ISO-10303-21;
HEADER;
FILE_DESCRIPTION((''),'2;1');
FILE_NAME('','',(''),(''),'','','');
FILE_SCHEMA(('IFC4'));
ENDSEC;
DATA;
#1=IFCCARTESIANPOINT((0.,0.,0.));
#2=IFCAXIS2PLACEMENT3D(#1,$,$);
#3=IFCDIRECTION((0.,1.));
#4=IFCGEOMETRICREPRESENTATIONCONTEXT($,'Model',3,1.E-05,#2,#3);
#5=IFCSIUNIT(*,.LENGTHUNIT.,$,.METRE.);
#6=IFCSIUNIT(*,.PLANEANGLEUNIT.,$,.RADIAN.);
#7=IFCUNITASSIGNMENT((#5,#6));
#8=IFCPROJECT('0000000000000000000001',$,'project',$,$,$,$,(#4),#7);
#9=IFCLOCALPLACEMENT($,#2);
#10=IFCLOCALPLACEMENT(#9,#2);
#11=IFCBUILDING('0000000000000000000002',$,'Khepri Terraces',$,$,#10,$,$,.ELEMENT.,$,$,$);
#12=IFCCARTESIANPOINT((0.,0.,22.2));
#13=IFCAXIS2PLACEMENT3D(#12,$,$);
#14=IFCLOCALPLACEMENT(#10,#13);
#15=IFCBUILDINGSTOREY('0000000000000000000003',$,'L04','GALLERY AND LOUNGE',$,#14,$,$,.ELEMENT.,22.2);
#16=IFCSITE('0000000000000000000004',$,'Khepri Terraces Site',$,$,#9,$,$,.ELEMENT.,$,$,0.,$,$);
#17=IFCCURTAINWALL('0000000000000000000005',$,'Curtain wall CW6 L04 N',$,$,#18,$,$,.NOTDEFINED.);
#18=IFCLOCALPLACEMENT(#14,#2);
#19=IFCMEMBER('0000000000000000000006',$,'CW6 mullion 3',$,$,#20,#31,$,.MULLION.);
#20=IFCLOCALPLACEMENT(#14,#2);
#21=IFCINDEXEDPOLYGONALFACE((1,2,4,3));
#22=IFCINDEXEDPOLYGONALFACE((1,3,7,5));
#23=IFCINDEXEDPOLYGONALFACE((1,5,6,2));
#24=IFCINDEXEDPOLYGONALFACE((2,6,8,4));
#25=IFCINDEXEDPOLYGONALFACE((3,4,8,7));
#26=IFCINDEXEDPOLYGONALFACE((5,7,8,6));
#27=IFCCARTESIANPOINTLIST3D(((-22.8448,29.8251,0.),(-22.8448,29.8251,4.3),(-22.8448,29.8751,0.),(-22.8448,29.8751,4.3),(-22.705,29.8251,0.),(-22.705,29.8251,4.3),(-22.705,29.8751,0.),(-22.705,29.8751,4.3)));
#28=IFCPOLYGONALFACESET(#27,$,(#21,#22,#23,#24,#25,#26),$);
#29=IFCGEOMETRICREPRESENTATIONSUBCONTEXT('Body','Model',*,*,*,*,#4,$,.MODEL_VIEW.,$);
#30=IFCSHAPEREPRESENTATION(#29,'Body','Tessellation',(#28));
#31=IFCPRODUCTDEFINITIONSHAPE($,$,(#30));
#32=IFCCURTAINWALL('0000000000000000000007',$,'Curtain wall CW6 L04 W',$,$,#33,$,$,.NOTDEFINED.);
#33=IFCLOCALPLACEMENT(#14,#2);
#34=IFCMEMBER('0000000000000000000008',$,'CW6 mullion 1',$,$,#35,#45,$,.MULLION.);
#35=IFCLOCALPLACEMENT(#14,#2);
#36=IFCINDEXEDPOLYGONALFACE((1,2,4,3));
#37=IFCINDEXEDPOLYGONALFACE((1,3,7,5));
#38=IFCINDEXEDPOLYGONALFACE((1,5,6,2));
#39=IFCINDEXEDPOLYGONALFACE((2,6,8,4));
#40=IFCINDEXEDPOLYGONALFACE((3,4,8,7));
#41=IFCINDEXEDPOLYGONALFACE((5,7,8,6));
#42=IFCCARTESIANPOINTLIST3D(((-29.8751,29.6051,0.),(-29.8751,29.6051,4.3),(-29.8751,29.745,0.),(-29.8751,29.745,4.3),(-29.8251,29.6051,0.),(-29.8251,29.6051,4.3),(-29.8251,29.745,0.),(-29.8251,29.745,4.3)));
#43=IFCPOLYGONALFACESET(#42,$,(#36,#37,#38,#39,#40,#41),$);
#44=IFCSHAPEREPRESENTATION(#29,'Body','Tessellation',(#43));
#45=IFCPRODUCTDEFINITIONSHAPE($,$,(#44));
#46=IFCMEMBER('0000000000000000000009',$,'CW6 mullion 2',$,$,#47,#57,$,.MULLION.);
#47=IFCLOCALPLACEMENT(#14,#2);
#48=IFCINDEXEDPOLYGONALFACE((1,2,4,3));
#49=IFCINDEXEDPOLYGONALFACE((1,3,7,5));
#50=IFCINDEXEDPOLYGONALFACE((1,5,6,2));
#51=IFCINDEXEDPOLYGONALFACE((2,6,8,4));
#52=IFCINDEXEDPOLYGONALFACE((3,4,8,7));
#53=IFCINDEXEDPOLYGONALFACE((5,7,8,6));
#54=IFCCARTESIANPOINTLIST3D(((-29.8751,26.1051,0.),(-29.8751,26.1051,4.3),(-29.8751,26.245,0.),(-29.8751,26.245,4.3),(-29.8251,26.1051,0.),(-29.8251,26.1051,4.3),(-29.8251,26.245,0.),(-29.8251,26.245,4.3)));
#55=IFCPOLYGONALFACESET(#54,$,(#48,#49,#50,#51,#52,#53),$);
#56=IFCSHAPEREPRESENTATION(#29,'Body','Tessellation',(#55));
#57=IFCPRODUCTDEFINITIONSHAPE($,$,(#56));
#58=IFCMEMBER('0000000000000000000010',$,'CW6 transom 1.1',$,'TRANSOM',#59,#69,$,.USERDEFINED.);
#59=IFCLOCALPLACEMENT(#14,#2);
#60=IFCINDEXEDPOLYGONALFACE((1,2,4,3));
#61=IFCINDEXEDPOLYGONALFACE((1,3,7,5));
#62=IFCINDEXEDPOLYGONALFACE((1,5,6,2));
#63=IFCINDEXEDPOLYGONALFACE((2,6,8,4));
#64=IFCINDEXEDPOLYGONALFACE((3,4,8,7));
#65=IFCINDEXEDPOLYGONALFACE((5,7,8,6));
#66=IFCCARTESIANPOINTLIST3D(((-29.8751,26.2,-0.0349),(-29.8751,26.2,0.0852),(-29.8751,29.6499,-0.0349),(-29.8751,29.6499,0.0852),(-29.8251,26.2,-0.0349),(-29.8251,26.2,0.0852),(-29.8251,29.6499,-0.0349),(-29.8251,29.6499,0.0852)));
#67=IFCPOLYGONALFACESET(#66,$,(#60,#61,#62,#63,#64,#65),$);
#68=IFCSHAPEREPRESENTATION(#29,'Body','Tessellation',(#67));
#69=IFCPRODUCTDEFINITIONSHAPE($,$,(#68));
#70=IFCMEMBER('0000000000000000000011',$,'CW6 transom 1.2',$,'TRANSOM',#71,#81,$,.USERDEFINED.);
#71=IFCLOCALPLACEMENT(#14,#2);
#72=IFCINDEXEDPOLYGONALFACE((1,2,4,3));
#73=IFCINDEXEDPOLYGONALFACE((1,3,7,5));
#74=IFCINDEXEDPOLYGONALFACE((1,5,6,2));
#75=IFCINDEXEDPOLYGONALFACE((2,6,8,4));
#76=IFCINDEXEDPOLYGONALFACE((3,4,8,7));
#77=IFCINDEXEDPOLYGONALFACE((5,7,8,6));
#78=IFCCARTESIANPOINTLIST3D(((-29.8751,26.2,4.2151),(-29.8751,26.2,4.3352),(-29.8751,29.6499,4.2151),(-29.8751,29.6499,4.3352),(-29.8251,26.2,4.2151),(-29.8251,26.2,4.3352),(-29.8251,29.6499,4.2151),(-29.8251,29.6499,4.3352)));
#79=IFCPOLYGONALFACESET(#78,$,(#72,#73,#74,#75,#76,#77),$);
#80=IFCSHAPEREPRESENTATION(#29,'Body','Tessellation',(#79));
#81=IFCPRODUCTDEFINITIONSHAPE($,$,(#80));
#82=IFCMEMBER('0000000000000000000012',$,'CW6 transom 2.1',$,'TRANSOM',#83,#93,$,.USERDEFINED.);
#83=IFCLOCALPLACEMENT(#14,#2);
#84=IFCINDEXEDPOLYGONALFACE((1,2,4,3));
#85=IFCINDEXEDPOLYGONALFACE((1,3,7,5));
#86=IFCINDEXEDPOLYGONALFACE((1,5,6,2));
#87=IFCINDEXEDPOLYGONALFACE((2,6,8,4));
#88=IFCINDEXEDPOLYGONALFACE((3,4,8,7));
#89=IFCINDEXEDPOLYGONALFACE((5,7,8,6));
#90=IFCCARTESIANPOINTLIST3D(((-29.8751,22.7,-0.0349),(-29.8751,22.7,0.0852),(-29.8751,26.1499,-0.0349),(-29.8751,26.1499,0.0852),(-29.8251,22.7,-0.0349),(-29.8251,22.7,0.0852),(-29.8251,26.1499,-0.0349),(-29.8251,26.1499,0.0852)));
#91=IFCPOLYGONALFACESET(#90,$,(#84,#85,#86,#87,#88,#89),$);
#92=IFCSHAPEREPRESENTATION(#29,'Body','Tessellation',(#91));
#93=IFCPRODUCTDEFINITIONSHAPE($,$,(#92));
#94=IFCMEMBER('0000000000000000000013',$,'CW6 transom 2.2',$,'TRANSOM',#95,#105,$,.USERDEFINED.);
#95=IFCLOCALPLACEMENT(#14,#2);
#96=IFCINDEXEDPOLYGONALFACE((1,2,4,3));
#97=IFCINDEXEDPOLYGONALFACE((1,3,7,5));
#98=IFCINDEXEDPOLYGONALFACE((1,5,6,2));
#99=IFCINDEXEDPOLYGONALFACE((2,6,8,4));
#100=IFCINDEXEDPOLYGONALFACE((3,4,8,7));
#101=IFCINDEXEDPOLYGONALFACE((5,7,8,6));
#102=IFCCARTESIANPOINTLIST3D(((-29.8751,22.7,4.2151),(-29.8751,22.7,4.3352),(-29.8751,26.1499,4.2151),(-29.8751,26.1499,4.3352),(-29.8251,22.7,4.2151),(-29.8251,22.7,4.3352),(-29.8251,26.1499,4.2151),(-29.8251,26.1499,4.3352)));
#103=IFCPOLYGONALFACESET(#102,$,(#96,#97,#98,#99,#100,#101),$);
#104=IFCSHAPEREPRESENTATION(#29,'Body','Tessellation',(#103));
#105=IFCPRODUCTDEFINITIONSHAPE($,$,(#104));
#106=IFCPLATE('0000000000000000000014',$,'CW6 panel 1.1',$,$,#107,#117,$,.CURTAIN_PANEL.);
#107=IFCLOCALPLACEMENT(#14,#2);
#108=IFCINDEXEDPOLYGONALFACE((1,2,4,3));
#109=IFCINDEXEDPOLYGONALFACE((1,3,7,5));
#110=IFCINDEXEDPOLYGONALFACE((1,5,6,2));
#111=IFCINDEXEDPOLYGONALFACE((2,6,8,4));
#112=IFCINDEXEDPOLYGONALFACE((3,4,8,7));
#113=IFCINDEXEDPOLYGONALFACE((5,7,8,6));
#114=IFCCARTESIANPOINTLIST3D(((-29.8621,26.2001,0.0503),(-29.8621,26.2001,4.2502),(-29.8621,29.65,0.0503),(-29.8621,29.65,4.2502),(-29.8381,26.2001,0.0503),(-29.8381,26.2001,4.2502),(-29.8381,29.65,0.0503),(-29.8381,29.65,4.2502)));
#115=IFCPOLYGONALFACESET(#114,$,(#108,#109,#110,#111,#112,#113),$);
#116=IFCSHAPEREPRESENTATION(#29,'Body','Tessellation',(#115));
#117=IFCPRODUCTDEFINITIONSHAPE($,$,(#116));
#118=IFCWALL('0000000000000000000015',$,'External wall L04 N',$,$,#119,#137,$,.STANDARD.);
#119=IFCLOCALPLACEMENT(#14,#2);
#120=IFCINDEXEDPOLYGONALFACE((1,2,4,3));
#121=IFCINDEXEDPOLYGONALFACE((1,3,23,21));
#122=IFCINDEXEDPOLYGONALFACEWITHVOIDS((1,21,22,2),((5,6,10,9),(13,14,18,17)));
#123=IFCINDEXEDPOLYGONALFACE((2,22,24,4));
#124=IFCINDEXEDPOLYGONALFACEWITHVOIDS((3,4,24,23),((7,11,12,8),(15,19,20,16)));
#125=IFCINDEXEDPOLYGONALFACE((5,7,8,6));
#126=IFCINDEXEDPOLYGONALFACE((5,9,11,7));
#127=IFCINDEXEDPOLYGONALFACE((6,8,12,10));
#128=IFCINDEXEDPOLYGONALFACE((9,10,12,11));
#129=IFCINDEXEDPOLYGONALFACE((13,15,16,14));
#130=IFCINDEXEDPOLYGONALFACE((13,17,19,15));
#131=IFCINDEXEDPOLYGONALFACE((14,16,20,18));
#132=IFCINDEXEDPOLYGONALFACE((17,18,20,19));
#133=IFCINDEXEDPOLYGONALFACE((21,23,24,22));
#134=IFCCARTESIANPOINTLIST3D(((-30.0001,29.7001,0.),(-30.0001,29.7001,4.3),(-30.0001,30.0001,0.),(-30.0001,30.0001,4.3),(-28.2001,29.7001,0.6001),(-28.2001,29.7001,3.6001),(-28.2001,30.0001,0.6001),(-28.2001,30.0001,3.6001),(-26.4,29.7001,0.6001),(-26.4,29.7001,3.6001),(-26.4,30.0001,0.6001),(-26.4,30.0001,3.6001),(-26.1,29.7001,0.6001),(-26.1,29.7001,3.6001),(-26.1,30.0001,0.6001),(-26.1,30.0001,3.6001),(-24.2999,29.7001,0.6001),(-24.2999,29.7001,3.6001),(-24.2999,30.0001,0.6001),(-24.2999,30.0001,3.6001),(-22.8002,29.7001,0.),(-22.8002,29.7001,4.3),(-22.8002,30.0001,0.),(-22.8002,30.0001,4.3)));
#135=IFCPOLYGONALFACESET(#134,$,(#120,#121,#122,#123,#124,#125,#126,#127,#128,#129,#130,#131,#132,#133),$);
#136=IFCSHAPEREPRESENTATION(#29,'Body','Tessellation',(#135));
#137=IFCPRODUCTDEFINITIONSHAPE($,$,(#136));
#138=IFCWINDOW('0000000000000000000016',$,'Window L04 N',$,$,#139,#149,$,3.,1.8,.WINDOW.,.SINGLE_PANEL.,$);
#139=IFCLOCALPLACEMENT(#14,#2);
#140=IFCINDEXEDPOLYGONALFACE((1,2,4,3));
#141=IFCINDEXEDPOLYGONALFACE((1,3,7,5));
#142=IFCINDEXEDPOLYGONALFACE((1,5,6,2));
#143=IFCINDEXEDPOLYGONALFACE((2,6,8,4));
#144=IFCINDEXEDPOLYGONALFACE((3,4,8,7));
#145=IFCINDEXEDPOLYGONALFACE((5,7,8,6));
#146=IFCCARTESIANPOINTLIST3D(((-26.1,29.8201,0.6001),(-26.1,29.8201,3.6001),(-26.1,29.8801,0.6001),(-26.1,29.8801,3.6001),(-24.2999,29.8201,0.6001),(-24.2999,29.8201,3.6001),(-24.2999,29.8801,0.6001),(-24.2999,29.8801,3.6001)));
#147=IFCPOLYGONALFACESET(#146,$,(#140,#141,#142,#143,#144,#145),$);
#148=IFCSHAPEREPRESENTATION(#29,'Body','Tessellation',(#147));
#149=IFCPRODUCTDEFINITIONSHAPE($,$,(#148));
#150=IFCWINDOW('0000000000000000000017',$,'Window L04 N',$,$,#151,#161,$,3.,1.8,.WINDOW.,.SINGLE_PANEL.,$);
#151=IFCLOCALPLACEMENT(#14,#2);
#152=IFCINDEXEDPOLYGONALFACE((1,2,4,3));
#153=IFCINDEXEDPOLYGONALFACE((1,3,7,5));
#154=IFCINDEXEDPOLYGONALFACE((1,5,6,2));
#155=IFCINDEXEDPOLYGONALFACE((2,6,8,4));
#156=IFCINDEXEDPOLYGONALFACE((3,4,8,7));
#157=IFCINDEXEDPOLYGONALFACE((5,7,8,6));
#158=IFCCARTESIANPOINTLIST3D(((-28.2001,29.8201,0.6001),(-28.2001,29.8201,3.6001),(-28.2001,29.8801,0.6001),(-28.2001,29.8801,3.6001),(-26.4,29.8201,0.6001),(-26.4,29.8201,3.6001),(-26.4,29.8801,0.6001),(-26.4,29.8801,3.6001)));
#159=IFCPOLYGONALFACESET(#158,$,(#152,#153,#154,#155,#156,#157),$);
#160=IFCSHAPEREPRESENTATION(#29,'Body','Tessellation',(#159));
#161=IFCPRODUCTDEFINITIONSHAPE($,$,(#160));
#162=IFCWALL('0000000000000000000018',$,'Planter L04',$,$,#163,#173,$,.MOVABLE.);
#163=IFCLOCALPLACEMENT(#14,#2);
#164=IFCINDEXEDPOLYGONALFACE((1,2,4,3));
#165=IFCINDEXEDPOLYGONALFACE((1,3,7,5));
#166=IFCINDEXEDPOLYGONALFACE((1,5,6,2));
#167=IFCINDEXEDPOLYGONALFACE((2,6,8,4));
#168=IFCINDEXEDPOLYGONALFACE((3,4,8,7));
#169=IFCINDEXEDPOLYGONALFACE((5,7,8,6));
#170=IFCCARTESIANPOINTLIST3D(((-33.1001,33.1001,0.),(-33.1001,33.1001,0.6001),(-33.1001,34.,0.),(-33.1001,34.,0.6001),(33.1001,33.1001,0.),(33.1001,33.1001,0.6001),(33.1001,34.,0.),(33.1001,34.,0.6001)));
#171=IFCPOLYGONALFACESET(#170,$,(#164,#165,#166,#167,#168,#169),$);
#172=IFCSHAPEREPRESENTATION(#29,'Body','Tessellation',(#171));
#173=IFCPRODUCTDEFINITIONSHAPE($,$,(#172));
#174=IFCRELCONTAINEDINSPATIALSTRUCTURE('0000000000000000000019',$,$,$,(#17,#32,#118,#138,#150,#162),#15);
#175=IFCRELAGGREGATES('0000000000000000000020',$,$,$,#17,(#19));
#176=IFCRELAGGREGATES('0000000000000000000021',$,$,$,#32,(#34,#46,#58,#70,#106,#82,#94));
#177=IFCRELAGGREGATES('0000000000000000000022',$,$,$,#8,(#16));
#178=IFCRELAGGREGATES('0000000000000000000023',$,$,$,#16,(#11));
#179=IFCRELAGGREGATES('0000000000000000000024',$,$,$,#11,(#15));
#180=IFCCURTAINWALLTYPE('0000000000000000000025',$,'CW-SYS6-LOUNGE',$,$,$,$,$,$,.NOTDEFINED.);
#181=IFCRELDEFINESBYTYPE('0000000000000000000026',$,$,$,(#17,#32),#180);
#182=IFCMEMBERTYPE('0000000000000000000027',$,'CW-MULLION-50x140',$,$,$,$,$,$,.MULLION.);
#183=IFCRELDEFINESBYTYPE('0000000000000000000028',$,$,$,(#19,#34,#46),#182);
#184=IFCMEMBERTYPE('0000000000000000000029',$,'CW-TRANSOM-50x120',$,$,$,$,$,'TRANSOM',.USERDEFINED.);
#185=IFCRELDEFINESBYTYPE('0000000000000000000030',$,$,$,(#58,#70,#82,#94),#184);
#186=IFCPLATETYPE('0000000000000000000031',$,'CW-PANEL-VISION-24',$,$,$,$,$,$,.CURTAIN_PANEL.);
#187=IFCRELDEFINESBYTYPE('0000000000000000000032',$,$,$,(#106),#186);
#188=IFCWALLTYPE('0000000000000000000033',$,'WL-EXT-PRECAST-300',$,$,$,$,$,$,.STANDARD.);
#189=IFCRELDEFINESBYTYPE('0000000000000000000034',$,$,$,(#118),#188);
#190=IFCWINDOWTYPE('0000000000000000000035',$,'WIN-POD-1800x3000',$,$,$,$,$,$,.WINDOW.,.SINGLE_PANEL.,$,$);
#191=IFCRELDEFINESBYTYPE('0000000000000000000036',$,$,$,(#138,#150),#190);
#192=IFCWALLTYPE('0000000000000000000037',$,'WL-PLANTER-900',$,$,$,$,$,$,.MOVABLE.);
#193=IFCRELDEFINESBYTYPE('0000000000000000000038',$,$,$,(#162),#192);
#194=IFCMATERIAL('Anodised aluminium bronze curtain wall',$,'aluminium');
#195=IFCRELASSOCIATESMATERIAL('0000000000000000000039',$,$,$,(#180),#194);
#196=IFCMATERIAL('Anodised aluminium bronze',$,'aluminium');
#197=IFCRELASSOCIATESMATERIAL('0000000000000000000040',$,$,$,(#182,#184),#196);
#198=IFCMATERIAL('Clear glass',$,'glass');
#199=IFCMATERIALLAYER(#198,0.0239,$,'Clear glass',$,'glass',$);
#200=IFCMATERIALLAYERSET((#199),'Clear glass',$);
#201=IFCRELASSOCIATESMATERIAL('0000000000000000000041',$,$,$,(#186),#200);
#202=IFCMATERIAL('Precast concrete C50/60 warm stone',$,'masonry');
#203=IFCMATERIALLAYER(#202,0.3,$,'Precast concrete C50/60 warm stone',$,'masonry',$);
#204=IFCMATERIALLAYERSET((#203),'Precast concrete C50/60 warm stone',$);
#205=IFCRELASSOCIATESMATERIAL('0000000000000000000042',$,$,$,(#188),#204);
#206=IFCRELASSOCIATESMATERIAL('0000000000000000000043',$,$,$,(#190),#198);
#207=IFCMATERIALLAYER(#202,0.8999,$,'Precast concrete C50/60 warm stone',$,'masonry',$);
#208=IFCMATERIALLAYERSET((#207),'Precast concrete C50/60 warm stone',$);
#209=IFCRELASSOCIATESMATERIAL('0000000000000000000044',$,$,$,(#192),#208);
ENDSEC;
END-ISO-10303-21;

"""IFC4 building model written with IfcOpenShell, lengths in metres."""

from ifc_helpers import new_model, si_unit, direction, frame, frame_2d, origin, origin_2d, place, context, subcontext, project, spatial, rectangle, extrude, material, layer, layer_set, material_profile, profile_set, type_object, element, fill, aggregate, save


model = new_model("IFC4")

# Units and contexts
model_context = context("Model", 3, precision=1e-05, world=origin(), true_north=direction((0.0, 1.0)))
body_context = subcontext(model_context, "Body", "Model", "MODEL_VIEW")
ifc_project = project(units=[si_unit("LENGTHUNIT", "METRE"), si_unit("PLANEANGLEUNIT", "RADIAN")], contexts=[model_context])

# Site, building, storey
site_placement = place(None, origin())
site = spatial("IfcSite", under=ifc_project, at=site_placement, Name="Khepri Terraces Site", CompositionType="ELEMENT", RefElevation=0.0)
building_placement = place(site_placement, origin())
building = spatial("IfcBuilding", under=site, at=building_placement, Name="Khepri Terraces", CompositionType="ELEMENT")
storey_placement = place(building_placement, frame((0.0, 0.0, 22.2)))
storey = spatial("IfcBuildingStorey", under=building, at=storey_placement, Name="L04", Description="GALLERY AND LOUNGE", CompositionType="ELEMENT", Elevation=22.2)

# Curtain wall, member
ifc_material_1 = material(Name="Anodised aluminium bronze curtain wall", Category="aluminium")
curtain_wall_type = type_object("IfcCurtainWallType", Name="CW-SYS6-LOUNGE", PredefinedType="NOTDEFINED", material=ifc_material_1)
curtain_wall_1_placement = place(storey_placement, origin())
curtain_wall_1 = element("IfcCurtainWall", 1, at=curtain_wall_1_placement, inside=storey, type_object=curtain_wall_type, Name="Curtain wall CW6 L04 N", PredefinedType="NOTDEFINED")
ifc_material_2 = material(Name="Anodised aluminium bronze", Category="aluminium")
ifc_material_profile_1 = material_profile(ifc_material_2, rectangle(XDim=0.05, YDim=0.1399, at=origin_2d()), Name="Anodised aluminium bronze", Category="aluminium")
ifc_profile_set_1 = profile_set([ifc_material_profile_1], Name="Anodised aluminium bronze")
member_type_1 = type_object("IfcMemberType", Name="CW-MULLION-50x140", PredefinedType="MULLION", material=ifc_profile_set_1)
member_1_placement = place(storey_placement, frame((-22.7749, 29.8501, 0.0), z_axis=(0.0, 0.0, 1.0), x_axis=(0.0, -1.0, 0.0)))
member_1 = element("IfcMember", 2, at=member_1_placement, type_object=member_type_1, Name="CW6 mullion 3", PredefinedType="MULLION", context=body_context, shape_type="SweptSolid", body=[
    extrude(rectangle(XDim=0.05, YDim=0.1399, at=origin_2d()), origin(), (0.0, 0.0, 1.0), 4.3),
])
aggregate(curtain_wall_1, [member_1])

# Curtain wall, members, plate
curtain_wall_2_placement = place(storey_placement, origin())
curtain_wall_2 = element("IfcCurtainWall", 3, at=curtain_wall_2_placement, inside=storey, type_object=curtain_wall_type, Name="Curtain wall CW6 L04 W", PredefinedType="NOTDEFINED")
member_2_placement = place(storey_placement, frame((-29.8501, 29.675, 0.0), z_axis=(0.0, 0.0, 1.0), x_axis=(1.0, 0.0, 0.0)))
member_2 = element("IfcMember", 4, at=member_2_placement, type_object=member_type_1, Name="CW6 mullion 1", PredefinedType="MULLION", context=body_context, shape_type="SweptSolid", body=[
    extrude(rectangle(XDim=0.05, YDim=0.1399, at=origin_2d()), origin(), (0.0, 0.0, 1.0), 4.3),
])
member_3_placement = place(storey_placement, frame((-29.8501, 26.175, 0.0), z_axis=(0.0, 0.0, 1.0), x_axis=(1.0, 0.0, 0.0)))
member_3 = element("IfcMember", 5, at=member_3_placement, type_object=member_type_1, Name="CW6 mullion 2", PredefinedType="MULLION", context=body_context, shape_type="SweptSolid", body=[
    extrude(rectangle(XDim=0.05, YDim=0.1399, at=origin_2d()), origin(), (0.0, 0.0, 1.0), 4.3),
])
ifc_material_profile_2 = material_profile(ifc_material_2, rectangle(XDim=0.05, YDim=0.1201, at=origin_2d()), Name="Anodised aluminium bronze", Category="aluminium")
ifc_profile_set_2 = profile_set([ifc_material_profile_2], Name="Anodised aluminium bronze")
member_type_2 = type_object("IfcMemberType", Name="CW-TRANSOM-50x120", ElementType="TRANSOM", PredefinedType="USERDEFINED", material=ifc_profile_set_2)
member_4_placement = place(storey_placement, frame((-29.8501, 29.6499, 0.0251), z_axis=(0.0, -1.0, 0.0), x_axis=(1.0, 0.0, 0.0)))
member_4 = element("IfcMember", 6, at=member_4_placement, type_object=member_type_2, Name="CW6 transom 1.1", ObjectType="TRANSOM", PredefinedType="USERDEFINED", context=body_context, shape_type="SweptSolid", body=[
    extrude(rectangle(XDim=0.05, YDim=0.1201, at=origin_2d()), origin(), (0.0, 0.0, 1.0), 3.45),
])
member_5_placement = place(storey_placement, frame((-29.8501, 29.6499, 4.2751), z_axis=(0.0, -1.0, 0.0), x_axis=(1.0, 0.0, 0.0)))
member_5 = element("IfcMember", 7, at=member_5_placement, type_object=member_type_2, Name="CW6 transom 1.2", ObjectType="TRANSOM", PredefinedType="USERDEFINED", context=body_context, shape_type="SweptSolid", body=[
    extrude(rectangle(XDim=0.05, YDim=0.1201, at=origin_2d()), origin(), (0.0, 0.0, 1.0), 3.45),
])
member_6_placement = place(storey_placement, frame((-29.8501, 26.1499, 0.0251), z_axis=(0.0, -1.0, 0.0), x_axis=(1.0, 0.0, 0.0)))
member_6 = element("IfcMember", 8, at=member_6_placement, type_object=member_type_2, Name="CW6 transom 2.1", ObjectType="TRANSOM", PredefinedType="USERDEFINED", context=body_context, shape_type="SweptSolid", body=[
    extrude(rectangle(XDim=0.05, YDim=0.1201, at=origin_2d()), origin(), (0.0, 0.0, 1.0), 3.45),
])
member_7_placement = place(storey_placement, frame((-29.8501, 26.1499, 4.2751), z_axis=(0.0, -1.0, 0.0), x_axis=(1.0, 0.0, 0.0)))
member_7 = element("IfcMember", 9, at=member_7_placement, type_object=member_type_2, Name="CW6 transom 2.2", ObjectType="TRANSOM", PredefinedType="USERDEFINED", context=body_context, shape_type="SweptSolid", body=[
    extrude(rectangle(XDim=0.05, YDim=0.1201, at=origin_2d()), origin(), (0.0, 0.0, 1.0), 3.45),
])
ifc_material_3 = material(Name="Clear glass", Category="glass")
ifc_layer_1 = layer(ifc_material_3, 0.0239, Name="Clear glass", Category="glass")
ifc_layer_set_1 = layer_set([ifc_layer_1], Name="Clear glass")
plate_type = type_object("IfcPlateType", Name="CW-PANEL-VISION-24", PredefinedType="CURTAIN_PANEL", material=ifc_layer_set_1)
plate_placement = place(storey_placement, frame((-29.8501, 27.925, 0.0503), z_axis=(0.0, 0.0, 1.0), x_axis=(0.0, -1.0, 0.0)))
plate = element("IfcPlate", 10, at=plate_placement, type_object=plate_type, Name="CW6 panel 1.1", PredefinedType="CURTAIN_PANEL", context=body_context, shape_type="SweptSolid", body=[
    extrude(rectangle(XDim=3.45, YDim=0.0239, at=origin_2d()), origin(), (0.0, 0.0, 1.0), 4.2),
])
aggregate(curtain_wall_2, [member_2, member_3, member_4, member_5, plate, member_6, member_7])

# Wall, openings, windows
ifc_material_4 = material(Name="Precast concrete C50/60 warm stone", Category="masonry")
ifc_layer_2 = layer(ifc_material_4, 0.3, Name="Precast concrete C50/60 warm stone", Category="masonry")
ifc_layer_set_2 = layer_set([ifc_layer_2], Name="Precast concrete C50/60 warm stone")
wall_type_1 = type_object("IfcWallType", Name="WL-EXT-PRECAST-300", PredefinedType="STANDARD", material=ifc_layer_set_2)
wall_1_placement = place(storey_placement, frame((-22.8, 29.8501, 0.0), z_axis=(0.0, 0.0, 1.0), x_axis=(-1.0, 0.0, 0.0)))
wall_1 = element("IfcWall", 11, at=wall_1_placement, inside=storey, type_object=wall_type_1, Name="External wall L04 N", PredefinedType="STANDARD", context=body_context, shape_type="SweptSolid", body=[
    extrude(rectangle(XDim=7.2, YDim=0.3, at=frame_2d((3.6001, 0.0))), origin(), (0.0, 0.0, 1.0), 4.3),
])
opening_1_placement = place(wall_1_placement, frame((1.5, 0.0, 0.6001)))
opening_1 = element("IfcOpeningElement", 12, at=opening_1_placement, cuts=wall_1, PredefinedType="OPENING", context=body_context, shape_type="SweptSolid", body=[
    extrude(rectangle(XDim=1.8, YDim=3.0, at=frame_2d((0.8999, 1.5))), frame((0.0, 0.1602, 0.0), z_axis=(0.0, -1.0, 0.0), x_axis=(1.0, 0.0, 0.0)), (0.0, 0.0, 1.0), 0.3201),
])
opening_2_placement = place(wall_1_placement, frame((3.6001, 0.0, 0.6001)))
opening_2 = element("IfcOpeningElement", 13, at=opening_2_placement, cuts=wall_1, PredefinedType="OPENING", context=body_context, shape_type="SweptSolid", body=[
    extrude(rectangle(XDim=1.8, YDim=3.0, at=frame_2d((0.8999, 1.5))), frame((0.0, 0.1602, 0.0), z_axis=(0.0, -1.0, 0.0), x_axis=(1.0, 0.0, 0.0)), (0.0, 0.0, 1.0), 0.3201),
])
window_type = type_object("IfcWindowType", Name="WIN-POD-1800x3000", PartitioningType="SINGLE_PANEL", PredefinedType="WINDOW", material=ifc_material_3)
window_1_placement = place(opening_1_placement, origin())
window_1 = element("IfcWindow", 14, at=window_1_placement, inside=storey, type_object=window_type, Name="Window L04 N", OverallHeight=3.0, OverallWidth=1.8, PartitioningType="SINGLE_PANEL", PredefinedType="WINDOW", context=body_context, shape_type="SweptSolid", body=[
    extrude(rectangle(XDim=1.8, YDim=3.0, at=frame_2d((0.8999, 1.5))), frame((0.0, 0.03, 0.0), z_axis=(0.0, -1.0, 0.0), x_axis=(1.0, 0.0, 0.0)), (0.0, 0.0, 1.0), 0.0601),
])
fill(opening_1, window_1)
window_2_placement = place(opening_2_placement, origin())
window_2 = element("IfcWindow", 15, at=window_2_placement, inside=storey, type_object=window_type, Name="Window L04 N", OverallHeight=3.0, OverallWidth=1.8, PartitioningType="SINGLE_PANEL", PredefinedType="WINDOW", context=body_context, shape_type="SweptSolid", body=[
    extrude(rectangle(XDim=1.8, YDim=3.0, at=frame_2d((0.8999, 1.5))), frame((0.0, 0.03, 0.0), z_axis=(0.0, -1.0, 0.0), x_axis=(1.0, 0.0, 0.0)), (0.0, 0.0, 1.0), 0.0601),
])
fill(opening_2, window_2)

# Wall
ifc_layer_3 = layer(ifc_material_4, 0.8999, Name="Precast concrete C50/60 warm stone", Category="masonry")
ifc_layer_set_3 = layer_set([ifc_layer_3], Name="Precast concrete C50/60 warm stone")
wall_type_2 = type_object("IfcWallType", Name="WL-PLANTER-900", PredefinedType="MOVABLE", material=ifc_layer_set_3)
wall_2_placement = place(storey_placement, frame((-33.1001, 33.55, 0.0), z_axis=(0.0, 0.0, 1.0), x_axis=(1.0, 0.0, 0.0)))
element("IfcWall", 16, at=wall_2_placement, inside=storey, type_object=wall_type_2, Name="Planter L04", PredefinedType="MOVABLE", context=body_context, shape_type="SweptSolid", body=[
    extrude(rectangle(XDim=66.2002, YDim=0.8999, at=frame_2d((33.1001, 0.0))), origin(), (0.0, 0.0, 1.0), 0.6001),
])

save(model, "model.ifc")
